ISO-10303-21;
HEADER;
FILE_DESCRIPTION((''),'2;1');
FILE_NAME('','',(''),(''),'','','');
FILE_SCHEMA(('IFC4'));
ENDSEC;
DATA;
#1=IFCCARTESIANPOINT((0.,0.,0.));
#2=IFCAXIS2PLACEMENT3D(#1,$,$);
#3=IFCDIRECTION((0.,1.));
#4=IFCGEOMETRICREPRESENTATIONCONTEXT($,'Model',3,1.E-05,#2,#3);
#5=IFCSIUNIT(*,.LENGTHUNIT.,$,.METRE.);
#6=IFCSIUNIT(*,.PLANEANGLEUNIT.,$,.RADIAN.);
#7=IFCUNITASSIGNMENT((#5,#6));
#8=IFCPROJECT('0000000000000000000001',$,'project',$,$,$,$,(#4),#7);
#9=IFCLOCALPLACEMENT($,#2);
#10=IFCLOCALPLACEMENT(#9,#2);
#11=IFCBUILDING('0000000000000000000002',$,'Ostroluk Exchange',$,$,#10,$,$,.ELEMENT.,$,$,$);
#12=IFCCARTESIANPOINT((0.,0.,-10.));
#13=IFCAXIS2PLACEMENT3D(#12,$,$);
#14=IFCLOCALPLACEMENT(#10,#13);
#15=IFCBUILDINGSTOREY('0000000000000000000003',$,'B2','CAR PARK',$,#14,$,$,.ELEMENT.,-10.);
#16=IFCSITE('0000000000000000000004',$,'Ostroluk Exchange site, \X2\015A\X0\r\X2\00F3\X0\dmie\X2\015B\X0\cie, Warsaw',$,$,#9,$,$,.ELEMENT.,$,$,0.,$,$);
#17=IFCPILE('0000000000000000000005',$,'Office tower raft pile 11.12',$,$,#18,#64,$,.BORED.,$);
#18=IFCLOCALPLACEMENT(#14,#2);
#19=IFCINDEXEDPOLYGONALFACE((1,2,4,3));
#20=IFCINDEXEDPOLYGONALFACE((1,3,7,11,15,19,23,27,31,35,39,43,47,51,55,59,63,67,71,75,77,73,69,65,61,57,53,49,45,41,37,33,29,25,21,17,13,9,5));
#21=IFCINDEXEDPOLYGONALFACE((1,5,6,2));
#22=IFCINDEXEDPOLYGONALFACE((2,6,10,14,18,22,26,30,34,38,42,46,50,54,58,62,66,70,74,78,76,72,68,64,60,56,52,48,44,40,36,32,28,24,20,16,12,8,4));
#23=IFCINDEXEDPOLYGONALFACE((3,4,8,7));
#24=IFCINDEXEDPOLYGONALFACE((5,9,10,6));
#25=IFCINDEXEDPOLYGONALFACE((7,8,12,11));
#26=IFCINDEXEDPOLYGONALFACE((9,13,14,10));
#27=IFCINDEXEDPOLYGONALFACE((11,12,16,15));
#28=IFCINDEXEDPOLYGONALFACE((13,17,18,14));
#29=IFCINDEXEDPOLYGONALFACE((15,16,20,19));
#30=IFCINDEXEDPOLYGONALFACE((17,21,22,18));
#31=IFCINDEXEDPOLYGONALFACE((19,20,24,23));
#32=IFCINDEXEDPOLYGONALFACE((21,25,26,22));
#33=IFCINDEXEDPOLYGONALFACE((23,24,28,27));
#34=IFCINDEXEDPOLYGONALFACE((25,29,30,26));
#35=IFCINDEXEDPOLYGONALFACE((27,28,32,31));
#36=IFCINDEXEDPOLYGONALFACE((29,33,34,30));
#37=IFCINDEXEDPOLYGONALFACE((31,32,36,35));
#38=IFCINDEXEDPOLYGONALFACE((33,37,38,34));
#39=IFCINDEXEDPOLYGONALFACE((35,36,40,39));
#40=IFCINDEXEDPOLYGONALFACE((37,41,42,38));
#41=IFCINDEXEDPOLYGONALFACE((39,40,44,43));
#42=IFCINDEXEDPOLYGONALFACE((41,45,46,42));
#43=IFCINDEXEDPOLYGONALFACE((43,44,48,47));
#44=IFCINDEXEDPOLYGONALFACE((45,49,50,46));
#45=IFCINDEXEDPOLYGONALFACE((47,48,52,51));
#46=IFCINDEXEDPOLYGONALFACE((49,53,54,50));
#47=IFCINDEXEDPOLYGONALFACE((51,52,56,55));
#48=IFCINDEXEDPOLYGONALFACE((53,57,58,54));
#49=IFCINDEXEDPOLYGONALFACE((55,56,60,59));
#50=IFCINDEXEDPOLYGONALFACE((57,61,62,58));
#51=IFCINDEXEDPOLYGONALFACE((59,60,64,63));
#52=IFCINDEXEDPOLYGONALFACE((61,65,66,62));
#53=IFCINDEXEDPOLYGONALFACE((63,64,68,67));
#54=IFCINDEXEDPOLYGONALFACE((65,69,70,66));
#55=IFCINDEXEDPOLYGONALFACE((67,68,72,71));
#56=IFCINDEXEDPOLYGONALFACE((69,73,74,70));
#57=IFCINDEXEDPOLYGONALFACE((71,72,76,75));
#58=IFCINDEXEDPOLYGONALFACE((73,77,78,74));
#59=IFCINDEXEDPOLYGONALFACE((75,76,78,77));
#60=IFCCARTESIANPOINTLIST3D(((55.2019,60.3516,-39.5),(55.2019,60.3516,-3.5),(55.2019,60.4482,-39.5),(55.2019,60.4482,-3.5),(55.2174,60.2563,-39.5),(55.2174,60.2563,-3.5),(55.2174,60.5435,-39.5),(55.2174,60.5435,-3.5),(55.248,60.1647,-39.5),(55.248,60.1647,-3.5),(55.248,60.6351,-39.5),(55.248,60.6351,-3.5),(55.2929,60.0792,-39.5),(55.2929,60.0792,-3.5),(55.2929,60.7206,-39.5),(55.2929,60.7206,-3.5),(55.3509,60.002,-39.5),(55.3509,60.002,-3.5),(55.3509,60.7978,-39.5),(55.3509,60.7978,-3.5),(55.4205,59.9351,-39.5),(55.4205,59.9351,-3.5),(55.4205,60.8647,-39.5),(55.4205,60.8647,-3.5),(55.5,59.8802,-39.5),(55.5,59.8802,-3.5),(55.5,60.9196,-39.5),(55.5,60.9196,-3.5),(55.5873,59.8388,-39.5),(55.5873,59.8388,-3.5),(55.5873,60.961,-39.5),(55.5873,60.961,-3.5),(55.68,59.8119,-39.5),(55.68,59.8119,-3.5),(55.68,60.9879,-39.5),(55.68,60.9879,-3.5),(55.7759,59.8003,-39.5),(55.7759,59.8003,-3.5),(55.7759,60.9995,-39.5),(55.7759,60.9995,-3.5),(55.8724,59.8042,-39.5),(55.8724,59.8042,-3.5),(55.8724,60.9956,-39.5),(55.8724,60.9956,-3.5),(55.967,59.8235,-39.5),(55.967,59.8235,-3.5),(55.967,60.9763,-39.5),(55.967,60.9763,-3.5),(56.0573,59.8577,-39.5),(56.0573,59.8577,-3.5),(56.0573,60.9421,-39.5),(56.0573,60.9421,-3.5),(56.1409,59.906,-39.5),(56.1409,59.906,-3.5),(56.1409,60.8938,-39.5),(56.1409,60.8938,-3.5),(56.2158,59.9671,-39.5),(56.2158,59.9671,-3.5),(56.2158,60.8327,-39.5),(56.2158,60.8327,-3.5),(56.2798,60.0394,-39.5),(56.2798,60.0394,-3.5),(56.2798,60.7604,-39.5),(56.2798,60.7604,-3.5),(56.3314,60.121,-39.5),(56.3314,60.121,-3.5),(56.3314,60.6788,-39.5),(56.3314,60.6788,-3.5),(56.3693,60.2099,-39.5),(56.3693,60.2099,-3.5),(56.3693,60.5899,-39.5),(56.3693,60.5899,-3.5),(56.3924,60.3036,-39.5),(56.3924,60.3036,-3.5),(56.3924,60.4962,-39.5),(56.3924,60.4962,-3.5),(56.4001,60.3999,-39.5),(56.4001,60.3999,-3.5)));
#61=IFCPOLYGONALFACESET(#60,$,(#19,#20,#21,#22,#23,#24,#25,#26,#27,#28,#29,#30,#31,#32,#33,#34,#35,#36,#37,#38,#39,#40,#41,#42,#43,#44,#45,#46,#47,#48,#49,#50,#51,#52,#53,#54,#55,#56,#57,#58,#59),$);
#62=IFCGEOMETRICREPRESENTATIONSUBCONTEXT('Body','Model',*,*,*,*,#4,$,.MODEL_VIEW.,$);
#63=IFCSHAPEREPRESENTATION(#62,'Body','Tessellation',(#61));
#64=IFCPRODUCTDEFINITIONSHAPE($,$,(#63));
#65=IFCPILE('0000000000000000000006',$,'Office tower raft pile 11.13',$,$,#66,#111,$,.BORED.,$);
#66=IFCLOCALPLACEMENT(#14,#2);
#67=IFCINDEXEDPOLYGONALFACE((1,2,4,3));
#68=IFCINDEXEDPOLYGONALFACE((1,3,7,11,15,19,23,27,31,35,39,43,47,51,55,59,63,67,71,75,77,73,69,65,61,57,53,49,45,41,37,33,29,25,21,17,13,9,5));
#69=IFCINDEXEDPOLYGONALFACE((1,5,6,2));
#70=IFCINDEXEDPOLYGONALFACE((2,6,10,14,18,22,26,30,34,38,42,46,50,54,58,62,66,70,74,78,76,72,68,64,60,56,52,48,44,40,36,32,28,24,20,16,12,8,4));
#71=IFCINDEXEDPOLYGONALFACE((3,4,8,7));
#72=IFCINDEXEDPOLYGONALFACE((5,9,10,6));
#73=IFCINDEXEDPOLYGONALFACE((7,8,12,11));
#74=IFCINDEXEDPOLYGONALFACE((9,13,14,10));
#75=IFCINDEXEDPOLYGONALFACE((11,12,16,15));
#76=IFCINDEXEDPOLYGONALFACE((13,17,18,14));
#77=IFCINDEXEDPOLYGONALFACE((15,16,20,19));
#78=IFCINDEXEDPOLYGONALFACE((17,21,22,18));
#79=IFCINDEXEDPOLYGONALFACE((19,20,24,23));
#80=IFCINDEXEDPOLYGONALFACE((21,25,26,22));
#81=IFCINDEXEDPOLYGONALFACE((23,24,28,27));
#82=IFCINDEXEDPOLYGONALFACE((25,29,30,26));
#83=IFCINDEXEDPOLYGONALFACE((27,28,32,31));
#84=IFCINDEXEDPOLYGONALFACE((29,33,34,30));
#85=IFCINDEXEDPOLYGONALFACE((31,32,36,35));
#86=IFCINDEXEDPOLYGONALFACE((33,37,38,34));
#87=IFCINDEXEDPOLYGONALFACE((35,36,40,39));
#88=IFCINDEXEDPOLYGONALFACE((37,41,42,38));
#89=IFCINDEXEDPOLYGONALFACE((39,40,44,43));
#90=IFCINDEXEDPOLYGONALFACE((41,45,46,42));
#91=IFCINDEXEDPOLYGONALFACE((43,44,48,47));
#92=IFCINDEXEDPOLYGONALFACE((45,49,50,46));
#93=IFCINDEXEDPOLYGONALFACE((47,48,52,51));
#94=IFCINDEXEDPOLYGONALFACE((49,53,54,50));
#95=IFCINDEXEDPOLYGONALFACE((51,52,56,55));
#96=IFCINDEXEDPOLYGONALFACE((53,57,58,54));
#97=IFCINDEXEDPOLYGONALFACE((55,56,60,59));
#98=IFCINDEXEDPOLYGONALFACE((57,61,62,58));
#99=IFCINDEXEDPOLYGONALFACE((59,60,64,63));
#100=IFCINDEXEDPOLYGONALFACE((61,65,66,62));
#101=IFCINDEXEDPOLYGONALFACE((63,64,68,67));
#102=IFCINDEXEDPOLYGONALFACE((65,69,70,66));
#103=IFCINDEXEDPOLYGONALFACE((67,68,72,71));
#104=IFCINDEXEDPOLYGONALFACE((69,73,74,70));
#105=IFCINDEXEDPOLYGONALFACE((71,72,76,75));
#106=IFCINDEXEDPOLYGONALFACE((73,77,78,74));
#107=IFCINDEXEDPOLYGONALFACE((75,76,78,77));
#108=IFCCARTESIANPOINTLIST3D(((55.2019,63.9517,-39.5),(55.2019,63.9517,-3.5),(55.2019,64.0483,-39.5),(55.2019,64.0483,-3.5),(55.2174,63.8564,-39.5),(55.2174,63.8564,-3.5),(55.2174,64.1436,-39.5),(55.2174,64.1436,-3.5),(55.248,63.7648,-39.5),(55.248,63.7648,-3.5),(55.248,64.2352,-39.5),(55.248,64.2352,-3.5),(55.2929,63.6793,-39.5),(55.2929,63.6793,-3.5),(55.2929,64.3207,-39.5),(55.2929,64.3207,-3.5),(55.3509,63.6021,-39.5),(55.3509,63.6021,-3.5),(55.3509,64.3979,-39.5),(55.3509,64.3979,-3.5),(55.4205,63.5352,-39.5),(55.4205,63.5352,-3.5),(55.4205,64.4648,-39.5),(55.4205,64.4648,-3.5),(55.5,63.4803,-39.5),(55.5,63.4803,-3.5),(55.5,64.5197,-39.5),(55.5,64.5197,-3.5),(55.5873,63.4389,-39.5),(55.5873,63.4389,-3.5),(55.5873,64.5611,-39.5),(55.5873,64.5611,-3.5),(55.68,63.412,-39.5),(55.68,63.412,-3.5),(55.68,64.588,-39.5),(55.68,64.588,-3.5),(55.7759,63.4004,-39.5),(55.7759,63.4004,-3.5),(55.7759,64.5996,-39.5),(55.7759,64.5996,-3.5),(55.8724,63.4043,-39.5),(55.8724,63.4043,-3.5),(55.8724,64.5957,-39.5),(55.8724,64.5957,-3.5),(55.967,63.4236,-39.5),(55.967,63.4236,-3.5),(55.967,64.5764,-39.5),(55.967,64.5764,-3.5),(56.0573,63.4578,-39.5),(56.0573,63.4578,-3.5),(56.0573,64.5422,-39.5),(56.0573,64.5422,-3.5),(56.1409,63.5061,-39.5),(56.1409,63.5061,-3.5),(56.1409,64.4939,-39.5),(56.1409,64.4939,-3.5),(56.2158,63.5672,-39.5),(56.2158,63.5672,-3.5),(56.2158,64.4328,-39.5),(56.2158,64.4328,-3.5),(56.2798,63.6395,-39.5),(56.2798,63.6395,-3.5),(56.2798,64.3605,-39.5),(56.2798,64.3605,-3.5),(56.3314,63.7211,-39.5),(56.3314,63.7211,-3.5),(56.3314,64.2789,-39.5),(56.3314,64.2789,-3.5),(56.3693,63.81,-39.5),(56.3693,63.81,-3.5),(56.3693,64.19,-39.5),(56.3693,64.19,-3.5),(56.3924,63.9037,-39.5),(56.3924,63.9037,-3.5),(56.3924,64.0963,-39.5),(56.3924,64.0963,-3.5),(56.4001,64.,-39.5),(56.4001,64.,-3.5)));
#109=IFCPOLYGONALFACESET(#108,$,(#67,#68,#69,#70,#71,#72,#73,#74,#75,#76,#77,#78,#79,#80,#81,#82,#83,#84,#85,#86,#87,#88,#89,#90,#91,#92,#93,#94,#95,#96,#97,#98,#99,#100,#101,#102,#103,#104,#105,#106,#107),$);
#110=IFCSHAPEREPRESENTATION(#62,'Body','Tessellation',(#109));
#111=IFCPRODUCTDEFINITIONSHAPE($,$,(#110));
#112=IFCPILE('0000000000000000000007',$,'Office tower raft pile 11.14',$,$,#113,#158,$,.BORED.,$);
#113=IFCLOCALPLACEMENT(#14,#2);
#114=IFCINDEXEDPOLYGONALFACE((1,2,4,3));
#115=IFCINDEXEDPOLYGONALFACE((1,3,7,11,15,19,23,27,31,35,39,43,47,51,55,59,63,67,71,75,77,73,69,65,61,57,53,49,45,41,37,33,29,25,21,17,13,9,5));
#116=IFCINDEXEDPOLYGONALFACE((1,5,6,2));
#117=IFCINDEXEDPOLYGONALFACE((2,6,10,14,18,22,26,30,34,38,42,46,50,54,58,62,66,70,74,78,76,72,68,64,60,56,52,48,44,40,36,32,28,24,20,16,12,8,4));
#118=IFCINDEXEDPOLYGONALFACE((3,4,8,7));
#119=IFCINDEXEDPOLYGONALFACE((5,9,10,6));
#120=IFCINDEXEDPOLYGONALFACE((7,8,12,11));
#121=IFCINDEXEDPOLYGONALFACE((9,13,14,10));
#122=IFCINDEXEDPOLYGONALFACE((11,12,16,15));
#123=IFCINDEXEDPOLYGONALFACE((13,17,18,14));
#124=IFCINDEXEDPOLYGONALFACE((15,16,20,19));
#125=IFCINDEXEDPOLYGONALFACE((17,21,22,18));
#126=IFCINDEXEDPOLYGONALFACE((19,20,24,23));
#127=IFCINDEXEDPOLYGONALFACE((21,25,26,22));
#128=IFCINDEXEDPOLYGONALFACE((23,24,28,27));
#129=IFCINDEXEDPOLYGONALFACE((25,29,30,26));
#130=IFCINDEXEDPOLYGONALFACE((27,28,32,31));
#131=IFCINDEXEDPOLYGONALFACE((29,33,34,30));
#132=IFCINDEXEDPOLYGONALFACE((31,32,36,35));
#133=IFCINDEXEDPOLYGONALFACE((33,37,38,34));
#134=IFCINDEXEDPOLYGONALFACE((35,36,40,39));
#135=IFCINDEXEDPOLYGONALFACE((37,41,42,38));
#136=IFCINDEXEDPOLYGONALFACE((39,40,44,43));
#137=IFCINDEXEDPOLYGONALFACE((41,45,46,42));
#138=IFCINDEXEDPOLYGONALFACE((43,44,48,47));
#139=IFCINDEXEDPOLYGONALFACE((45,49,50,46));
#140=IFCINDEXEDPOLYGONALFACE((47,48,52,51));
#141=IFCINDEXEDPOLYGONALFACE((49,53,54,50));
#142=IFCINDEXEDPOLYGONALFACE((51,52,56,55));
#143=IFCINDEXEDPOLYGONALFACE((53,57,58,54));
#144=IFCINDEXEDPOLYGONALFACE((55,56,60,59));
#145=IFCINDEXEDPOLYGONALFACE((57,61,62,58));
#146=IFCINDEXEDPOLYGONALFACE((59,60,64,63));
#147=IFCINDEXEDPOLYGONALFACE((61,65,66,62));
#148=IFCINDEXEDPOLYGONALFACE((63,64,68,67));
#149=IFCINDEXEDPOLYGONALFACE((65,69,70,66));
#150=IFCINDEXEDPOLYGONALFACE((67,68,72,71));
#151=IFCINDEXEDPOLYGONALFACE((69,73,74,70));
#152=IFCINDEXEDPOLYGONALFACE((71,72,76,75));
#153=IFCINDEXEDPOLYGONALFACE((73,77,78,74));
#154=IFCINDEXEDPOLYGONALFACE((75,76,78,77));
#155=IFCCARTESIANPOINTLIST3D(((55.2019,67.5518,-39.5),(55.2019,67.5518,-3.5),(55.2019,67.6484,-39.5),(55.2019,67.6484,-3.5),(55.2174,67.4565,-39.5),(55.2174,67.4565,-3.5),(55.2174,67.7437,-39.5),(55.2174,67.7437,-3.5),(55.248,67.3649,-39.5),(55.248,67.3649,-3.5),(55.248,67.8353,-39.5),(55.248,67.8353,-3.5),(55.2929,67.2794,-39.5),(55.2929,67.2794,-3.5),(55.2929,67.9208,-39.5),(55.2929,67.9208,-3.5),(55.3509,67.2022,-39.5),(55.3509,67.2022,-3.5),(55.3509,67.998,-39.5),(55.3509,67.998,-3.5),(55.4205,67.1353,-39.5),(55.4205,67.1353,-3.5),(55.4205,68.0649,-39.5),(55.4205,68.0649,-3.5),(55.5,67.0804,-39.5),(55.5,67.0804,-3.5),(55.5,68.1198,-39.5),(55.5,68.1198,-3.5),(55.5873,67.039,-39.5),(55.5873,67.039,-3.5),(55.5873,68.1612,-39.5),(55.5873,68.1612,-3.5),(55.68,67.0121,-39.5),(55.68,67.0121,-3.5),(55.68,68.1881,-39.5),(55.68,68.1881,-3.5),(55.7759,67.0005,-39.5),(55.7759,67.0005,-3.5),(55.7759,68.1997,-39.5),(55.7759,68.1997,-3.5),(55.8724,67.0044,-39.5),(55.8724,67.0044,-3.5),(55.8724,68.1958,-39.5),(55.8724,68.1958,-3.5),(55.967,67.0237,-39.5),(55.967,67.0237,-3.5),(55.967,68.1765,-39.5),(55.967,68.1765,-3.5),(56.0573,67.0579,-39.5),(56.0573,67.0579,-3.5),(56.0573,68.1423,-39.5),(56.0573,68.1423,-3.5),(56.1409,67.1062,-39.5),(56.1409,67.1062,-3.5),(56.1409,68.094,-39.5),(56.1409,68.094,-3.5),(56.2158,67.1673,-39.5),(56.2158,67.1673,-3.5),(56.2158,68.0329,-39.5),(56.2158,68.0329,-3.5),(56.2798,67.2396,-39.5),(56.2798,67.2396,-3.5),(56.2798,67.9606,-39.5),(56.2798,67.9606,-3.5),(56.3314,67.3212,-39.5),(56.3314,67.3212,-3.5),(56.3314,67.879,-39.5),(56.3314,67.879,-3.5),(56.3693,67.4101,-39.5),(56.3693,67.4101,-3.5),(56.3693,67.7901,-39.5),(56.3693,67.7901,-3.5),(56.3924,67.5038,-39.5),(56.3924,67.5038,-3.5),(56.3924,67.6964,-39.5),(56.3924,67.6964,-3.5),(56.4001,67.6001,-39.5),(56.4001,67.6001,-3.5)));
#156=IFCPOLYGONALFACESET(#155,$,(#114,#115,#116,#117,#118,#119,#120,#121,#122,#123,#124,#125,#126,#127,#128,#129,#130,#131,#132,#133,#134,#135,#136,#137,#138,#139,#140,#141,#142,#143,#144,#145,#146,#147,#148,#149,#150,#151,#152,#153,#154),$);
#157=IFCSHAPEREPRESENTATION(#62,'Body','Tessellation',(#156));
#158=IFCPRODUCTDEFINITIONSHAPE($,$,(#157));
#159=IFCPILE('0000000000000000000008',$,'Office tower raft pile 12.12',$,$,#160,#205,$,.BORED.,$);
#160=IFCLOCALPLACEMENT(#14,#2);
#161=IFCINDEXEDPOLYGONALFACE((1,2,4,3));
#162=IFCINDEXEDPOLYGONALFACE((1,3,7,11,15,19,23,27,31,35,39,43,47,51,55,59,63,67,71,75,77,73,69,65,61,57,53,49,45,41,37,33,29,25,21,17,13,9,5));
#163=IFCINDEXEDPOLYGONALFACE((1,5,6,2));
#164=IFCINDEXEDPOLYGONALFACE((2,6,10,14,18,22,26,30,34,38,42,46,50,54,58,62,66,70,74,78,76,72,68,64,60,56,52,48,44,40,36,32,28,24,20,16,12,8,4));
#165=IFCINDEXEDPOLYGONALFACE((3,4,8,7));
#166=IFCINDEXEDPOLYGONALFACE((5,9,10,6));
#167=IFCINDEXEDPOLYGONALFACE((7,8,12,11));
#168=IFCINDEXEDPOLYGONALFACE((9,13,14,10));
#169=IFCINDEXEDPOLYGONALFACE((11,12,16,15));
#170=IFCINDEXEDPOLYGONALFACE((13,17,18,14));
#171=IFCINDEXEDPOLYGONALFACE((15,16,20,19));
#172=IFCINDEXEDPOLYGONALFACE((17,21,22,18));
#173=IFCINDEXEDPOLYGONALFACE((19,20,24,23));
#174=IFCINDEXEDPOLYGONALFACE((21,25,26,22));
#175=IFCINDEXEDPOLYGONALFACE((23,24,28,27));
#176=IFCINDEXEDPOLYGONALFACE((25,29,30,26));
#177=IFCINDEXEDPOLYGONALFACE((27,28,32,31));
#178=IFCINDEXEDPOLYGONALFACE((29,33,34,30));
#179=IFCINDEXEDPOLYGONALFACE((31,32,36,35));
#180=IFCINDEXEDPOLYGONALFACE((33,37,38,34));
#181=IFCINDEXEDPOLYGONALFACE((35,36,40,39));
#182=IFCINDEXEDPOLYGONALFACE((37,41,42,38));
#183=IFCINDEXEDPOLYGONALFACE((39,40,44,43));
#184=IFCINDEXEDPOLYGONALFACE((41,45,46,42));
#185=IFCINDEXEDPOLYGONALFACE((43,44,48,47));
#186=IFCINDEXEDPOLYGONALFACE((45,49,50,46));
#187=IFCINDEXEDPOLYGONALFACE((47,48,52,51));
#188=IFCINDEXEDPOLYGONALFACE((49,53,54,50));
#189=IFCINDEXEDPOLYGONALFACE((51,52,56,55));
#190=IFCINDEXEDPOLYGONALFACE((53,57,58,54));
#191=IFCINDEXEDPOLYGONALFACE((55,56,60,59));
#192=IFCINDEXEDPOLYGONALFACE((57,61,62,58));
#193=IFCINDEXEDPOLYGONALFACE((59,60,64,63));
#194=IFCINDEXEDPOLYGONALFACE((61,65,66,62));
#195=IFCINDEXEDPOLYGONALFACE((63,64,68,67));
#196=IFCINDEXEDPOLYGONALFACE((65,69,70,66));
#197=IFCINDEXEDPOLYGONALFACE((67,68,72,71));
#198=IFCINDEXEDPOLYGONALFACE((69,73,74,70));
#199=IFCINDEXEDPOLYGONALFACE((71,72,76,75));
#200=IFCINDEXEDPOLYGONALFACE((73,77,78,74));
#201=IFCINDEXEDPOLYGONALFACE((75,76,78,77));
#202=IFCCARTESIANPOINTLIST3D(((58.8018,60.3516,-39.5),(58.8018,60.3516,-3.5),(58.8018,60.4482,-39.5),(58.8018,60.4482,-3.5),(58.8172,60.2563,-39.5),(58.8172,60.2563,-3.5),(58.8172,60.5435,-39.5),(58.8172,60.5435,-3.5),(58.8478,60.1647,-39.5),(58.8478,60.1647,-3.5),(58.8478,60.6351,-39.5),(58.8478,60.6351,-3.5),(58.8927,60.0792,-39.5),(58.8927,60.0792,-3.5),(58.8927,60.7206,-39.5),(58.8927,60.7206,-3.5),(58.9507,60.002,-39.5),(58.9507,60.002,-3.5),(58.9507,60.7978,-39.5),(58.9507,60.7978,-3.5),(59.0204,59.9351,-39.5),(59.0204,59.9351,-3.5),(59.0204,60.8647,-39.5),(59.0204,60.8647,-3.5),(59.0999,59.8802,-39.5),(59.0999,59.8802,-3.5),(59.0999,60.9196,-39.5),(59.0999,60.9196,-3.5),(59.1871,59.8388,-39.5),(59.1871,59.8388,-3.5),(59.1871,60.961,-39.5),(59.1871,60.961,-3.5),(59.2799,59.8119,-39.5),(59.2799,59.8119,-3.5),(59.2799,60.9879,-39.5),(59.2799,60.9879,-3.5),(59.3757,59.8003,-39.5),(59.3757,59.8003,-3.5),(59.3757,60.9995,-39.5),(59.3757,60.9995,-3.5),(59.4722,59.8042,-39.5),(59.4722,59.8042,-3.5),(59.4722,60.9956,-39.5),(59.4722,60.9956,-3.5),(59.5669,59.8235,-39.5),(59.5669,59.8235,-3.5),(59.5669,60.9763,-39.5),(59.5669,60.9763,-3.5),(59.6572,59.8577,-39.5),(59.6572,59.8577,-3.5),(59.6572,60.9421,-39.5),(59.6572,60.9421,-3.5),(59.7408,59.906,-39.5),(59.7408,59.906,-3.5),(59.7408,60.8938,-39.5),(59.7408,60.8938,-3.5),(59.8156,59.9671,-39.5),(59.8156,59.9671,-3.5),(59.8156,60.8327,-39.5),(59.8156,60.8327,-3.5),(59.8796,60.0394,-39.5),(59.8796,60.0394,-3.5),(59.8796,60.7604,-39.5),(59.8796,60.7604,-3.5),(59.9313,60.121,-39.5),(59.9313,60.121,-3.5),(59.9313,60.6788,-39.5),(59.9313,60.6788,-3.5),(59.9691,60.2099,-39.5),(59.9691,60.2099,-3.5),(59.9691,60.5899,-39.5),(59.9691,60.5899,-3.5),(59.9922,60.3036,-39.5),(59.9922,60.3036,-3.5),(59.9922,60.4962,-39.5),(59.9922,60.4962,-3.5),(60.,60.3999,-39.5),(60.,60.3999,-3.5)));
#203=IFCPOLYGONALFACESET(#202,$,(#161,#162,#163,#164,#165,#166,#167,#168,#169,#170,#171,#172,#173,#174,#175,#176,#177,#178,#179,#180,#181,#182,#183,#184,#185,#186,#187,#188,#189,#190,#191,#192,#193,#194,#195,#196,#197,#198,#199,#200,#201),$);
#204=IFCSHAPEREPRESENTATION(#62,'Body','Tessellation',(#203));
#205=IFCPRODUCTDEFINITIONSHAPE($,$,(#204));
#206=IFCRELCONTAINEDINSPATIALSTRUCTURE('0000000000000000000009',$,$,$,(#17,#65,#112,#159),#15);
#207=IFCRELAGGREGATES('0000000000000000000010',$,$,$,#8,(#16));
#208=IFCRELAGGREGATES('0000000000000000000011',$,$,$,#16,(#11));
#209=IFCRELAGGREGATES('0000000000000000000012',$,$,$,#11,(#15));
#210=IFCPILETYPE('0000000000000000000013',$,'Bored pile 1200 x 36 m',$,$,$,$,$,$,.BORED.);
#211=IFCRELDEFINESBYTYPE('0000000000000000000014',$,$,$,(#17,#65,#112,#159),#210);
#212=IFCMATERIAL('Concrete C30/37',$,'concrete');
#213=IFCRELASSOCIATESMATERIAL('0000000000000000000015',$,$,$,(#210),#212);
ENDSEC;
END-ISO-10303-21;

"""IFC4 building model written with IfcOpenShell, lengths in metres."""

from ifc_helpers import new_model, si_unit, direction, frame, origin, origin_2d, place, context, subcontext, project, spatial, circle, extrude, material, type_object, element, save


model = new_model("IFC4")

# Units and contexts
model_context = context("Model", 3, precision=1e-05, world=origin(), true_north=direction((0.0, 1.0)))
body_context = subcontext(model_context, "Body", "Model", "MODEL_VIEW")
ifc_project = project(units=[si_unit("LENGTHUNIT", "METRE"), si_unit("PLANEANGLEUNIT", "RADIAN")], contexts=[model_context])

# Site, building, storey
site_placement = place(None, origin())
site = spatial("IfcSite", under=ifc_project, at=site_placement, Name="Ostroluk Exchange site, Śródmieście, Warsaw", CompositionType="ELEMENT", RefElevation=0.0)
building_placement = place(site_placement, origin())
building = spatial("IfcBuilding", under=site, at=building_placement, Name="Ostroluk Exchange", CompositionType="ELEMENT")
storey_placement = place(building_placement, frame((0.0, 0.0, -10.0)))
storey = spatial("IfcBuildingStorey", under=building, at=storey_placement, Name="B2", Description="CAR PARK", CompositionType="ELEMENT", Elevation=-10.0)

# Piles
ifc_material_1 = material(Name="Concrete C30/37", Category="concrete")
pile_type = type_object("IfcPileType", Name="Bored pile 1200 x 36 m", PredefinedType="BORED", material=ifc_material_1)
for number, where, z_axis, x_axis, name in (
    (1, (55.8, 60.3999, -3.5), (0.0, 0.0, -1.0), (1.0, 0.0, 0.0), "Office tower raft pile 11.12"),
    (2, (55.8, 64.0, -3.5), (0.0, 0.0, -1.0), (1.0, 0.0, 0.0), "Office tower raft pile 11.13"),
    (3, (55.8, 67.6001, -3.5), (0.0, 0.0, -1.0), (1.0, 0.0, 0.0), "Office tower raft pile 11.14"),
    (4, (59.3999, 60.3999, -3.5), (0.0, 0.0, -1.0), (1.0, 0.0, 0.0), "Office tower raft pile 12.12"),
):
    element("IfcPile", number, at=place(storey_placement, frame(where, z_axis=z_axis, x_axis=x_axis)), inside=storey, type_object=pile_type, Name=name, PredefinedType="BORED", context=body_context, shape_type="SweptSolid", body=[
        extrude(circle(Radius=0.6001, at=origin_2d()), origin(), (0.0, 0.0, 1.0), 36.0),
    ])

save(model, "model.ifc")
